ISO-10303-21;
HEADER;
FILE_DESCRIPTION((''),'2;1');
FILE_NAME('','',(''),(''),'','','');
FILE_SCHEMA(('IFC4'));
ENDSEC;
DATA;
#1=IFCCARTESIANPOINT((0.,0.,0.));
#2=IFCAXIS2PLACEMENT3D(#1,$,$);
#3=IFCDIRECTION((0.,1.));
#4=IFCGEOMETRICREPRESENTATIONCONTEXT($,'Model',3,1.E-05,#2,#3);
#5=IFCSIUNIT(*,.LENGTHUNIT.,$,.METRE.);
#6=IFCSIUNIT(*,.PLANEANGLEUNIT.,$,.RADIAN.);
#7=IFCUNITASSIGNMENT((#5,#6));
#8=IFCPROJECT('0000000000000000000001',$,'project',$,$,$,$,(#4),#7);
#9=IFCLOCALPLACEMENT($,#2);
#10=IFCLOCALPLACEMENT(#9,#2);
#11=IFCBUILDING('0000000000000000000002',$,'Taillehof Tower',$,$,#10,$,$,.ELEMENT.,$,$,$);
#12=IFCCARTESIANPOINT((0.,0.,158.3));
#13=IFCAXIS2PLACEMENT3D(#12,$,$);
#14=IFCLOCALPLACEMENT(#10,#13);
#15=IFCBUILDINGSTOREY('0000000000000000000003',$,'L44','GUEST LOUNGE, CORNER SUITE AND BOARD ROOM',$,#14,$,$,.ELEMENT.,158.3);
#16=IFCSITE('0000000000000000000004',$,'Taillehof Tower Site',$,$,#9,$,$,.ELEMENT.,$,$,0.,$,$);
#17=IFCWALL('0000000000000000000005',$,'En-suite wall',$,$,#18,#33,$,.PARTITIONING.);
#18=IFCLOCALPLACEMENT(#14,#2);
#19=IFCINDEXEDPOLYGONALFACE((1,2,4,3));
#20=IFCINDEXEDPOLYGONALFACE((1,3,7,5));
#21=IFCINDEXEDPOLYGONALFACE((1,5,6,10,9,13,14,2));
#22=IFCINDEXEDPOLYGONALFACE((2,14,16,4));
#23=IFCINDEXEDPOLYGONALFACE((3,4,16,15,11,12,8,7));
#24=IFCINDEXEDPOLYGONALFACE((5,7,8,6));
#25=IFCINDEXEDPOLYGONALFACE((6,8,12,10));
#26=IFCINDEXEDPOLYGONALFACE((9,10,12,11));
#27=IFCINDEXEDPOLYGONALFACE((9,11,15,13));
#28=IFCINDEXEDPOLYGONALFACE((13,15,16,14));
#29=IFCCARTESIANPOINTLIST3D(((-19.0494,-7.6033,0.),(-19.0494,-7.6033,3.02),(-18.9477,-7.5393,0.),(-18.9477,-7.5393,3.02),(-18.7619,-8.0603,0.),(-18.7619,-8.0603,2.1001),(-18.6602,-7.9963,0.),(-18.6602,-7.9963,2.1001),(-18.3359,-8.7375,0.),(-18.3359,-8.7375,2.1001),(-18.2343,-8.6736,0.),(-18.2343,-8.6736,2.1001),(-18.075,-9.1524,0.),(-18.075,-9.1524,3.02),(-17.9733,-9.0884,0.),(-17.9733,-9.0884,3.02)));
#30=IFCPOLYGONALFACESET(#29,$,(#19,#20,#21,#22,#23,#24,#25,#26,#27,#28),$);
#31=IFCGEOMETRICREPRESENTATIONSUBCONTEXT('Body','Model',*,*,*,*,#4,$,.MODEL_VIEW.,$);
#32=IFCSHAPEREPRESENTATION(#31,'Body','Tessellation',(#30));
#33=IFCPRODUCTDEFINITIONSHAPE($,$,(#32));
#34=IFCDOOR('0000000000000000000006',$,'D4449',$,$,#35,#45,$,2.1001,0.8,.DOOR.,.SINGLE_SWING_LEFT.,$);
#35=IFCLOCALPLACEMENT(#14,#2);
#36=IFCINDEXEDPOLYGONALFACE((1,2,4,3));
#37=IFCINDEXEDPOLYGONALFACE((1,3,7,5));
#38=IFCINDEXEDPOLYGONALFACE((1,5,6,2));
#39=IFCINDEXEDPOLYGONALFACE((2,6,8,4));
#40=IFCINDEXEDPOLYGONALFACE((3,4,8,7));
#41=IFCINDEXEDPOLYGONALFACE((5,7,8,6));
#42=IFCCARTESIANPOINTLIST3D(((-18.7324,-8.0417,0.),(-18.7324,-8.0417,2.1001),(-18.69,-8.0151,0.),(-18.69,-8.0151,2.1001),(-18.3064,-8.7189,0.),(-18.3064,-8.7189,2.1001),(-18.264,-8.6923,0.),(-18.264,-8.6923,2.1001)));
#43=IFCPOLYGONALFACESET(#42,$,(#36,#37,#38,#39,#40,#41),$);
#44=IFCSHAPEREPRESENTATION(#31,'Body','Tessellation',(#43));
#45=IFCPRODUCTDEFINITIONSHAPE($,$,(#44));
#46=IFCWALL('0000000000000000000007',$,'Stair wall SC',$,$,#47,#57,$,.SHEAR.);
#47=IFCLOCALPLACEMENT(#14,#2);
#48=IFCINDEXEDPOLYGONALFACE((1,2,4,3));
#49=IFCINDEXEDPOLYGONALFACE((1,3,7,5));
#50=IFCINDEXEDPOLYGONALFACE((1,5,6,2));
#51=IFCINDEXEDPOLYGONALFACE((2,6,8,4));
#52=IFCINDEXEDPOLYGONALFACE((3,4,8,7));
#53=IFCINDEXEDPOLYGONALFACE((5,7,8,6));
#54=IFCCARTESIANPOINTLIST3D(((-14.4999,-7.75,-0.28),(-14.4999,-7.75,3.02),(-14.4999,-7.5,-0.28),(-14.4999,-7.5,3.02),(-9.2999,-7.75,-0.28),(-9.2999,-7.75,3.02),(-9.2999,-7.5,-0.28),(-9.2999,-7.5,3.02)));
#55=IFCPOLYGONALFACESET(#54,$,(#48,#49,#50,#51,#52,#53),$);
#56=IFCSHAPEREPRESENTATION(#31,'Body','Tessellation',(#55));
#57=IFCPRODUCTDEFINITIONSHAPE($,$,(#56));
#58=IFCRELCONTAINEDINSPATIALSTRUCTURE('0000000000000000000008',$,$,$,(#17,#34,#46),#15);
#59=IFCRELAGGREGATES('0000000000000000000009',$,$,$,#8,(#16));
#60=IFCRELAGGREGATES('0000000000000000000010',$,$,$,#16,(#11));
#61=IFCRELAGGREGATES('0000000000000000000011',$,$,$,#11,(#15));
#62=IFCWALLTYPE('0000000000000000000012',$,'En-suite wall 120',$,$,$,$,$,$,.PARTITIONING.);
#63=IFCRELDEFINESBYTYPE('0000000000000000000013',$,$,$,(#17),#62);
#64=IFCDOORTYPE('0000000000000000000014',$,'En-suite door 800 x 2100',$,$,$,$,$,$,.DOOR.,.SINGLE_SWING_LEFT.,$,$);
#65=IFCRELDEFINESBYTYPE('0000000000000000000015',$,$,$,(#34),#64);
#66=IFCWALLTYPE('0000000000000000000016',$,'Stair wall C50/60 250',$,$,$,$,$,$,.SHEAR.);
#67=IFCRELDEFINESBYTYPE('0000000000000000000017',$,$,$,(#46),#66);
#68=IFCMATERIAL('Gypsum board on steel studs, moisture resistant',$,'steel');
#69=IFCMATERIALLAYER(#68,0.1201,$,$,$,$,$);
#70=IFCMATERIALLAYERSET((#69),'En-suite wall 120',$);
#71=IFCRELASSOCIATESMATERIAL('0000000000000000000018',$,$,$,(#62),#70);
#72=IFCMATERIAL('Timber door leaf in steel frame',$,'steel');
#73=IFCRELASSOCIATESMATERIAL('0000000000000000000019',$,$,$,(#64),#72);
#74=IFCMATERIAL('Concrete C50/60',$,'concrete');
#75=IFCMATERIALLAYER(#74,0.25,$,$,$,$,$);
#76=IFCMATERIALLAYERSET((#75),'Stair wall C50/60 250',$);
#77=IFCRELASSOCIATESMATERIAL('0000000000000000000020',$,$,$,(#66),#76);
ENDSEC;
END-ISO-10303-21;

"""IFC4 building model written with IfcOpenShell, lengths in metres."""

from ifc_helpers import new_model, si_unit, direction, frame, frame_2d, origin, place, context, subcontext, project, spatial, rectangle, extrude, material, layer, layer_set, type_object, element, fill, save


model = new_model("IFC4")

# Units and contexts
model_context = context("Model", 3, precision=1e-05, world=origin(), true_north=direction((0.0, 1.0)))
body_context = subcontext(model_context, "Body", "Model", "MODEL_VIEW")
ifc_project = project(units=[si_unit("LENGTHUNIT", "METRE"), si_unit("PLANEANGLEUNIT", "RADIAN")], contexts=[model_context])

# Site, building, storey
site_placement = place(None, origin())
site = spatial("IfcSite", under=ifc_project, at=site_placement, Name="Taillehof Tower Site", CompositionType="ELEMENT", RefElevation=0.0)
building_placement = place(site_placement, origin())
building = spatial("IfcBuilding", under=site, at=building_placement, Name="Taillehof Tower", CompositionType="ELEMENT")
storey_placement = place(building_placement, frame((0.0, 0.0, 158.3)))
storey = spatial("IfcBuildingStorey", under=building, at=storey_placement, Name="L44", Description="GUEST LOUNGE, CORNER SUITE AND BOARD ROOM", CompositionType="ELEMENT", Elevation=158.3)

# Shared definitions
ifc_material_1 = material(Name="Gypsum board on steel studs, moisture resistant", Category="steel")
ifc_layer_1 = layer(ifc_material_1, 0.1201)
ifc_layer_set_1 = layer_set([ifc_layer_1], Name="En-suite wall 120")
wall_type_1 = type_object("IfcWallType", Name="En-suite wall 120", PredefinedType="PARTITIONING", material=ifc_layer_set_1)

# Wall, opening, door
wall_1_placement = place(storey_placement, frame((-18.9985, -7.5713, 0.0), z_axis=(0.0, 0.0, 1.0), x_axis=(0.532431, -0.846473, 0.0)))
wall_1 = element("IfcWall", 1, at=wall_1_placement, inside=storey, type_object=wall_type_1, Name="En-suite wall", PredefinedType="PARTITIONING", context=body_context, shape_type="SweptSolid", body=[
    extrude(rectangle(XDim=1.8301, YDim=0.1201, at=frame_2d((0.915, 0.0))), origin(), (0.0, 0.0, 1.0), 3.02),
])
opening_1_placement = place(wall_1_placement, frame((0.54, 0.0, 0.0)))
opening_1 = element("IfcOpeningElement", 2, at=opening_1_placement, cuts=wall_1, PredefinedType="OPENING", context=body_context, shape_type="SweptSolid", body=[
    extrude(rectangle(XDim=0.8, YDim=2.1001, at=frame_2d((0.3999, 1.05))), frame((0.0, 0.0701, 0.0), z_axis=(0.0, -1.0, 0.0), x_axis=(1.0, 0.0, 0.0)), (0.0, 0.0, 1.0), 0.1401),
])
ifc_material_2 = material(Name="Timber door leaf in steel frame", Category="steel")
door_type_1 = type_object("IfcDoorType", Name="En-suite door 800 x 2100", OperationType="SINGLE_SWING_LEFT", PredefinedType="DOOR", material=ifc_material_2)
door_1_placement = place(opening_1_placement, origin())
door_1 = element("IfcDoor", 3, at=door_1_placement, inside=storey, type_object=door_type_1, Name="D4449", OperationType="SINGLE_SWING_LEFT", OverallHeight=2.1001, OverallWidth=0.8, PredefinedType="DOOR", context=body_context, shape_type="SweptSolid", body=[
    extrude(rectangle(XDim=0.8, YDim=2.1001, at=frame_2d((0.3999, 1.05))), frame((0.0, 0.0249, 0.0), z_axis=(0.0, -1.0, 0.0), x_axis=(1.0, 0.0, 0.0)), (0.0, 0.0, 1.0), 0.05),
])
fill(opening_1, door_1)

# Wall
ifc_material_3 = material(Name="Concrete C50/60", Category="concrete")
ifc_layer_2 = layer(ifc_material_3, 0.25)
ifc_layer_set_2 = layer_set([ifc_layer_2], Name="Stair wall C50/60 250")
wall_type_2 = type_object("IfcWallType", Name="Stair wall C50/60 250", PredefinedType="SHEAR", material=ifc_layer_set_2)
wall_2_placement = place(storey_placement, frame((-14.5, -7.625, -0.28), z_axis=(0.0, 0.0, 1.0), x_axis=(1.0, 0.0, 0.0)))
element("IfcWall", 4, at=wall_2_placement, inside=storey, type_object=wall_type_2, Name="Stair wall SC", PredefinedType="SHEAR", context=body_context, shape_type="SweptSolid", body=[
    extrude(rectangle(XDim=5.2, YDim=0.25, at=frame_2d((2.6001, 0.0))), origin(), (0.0, 0.0, 1.0), 3.3),
])

save(model, "model.ifc")
